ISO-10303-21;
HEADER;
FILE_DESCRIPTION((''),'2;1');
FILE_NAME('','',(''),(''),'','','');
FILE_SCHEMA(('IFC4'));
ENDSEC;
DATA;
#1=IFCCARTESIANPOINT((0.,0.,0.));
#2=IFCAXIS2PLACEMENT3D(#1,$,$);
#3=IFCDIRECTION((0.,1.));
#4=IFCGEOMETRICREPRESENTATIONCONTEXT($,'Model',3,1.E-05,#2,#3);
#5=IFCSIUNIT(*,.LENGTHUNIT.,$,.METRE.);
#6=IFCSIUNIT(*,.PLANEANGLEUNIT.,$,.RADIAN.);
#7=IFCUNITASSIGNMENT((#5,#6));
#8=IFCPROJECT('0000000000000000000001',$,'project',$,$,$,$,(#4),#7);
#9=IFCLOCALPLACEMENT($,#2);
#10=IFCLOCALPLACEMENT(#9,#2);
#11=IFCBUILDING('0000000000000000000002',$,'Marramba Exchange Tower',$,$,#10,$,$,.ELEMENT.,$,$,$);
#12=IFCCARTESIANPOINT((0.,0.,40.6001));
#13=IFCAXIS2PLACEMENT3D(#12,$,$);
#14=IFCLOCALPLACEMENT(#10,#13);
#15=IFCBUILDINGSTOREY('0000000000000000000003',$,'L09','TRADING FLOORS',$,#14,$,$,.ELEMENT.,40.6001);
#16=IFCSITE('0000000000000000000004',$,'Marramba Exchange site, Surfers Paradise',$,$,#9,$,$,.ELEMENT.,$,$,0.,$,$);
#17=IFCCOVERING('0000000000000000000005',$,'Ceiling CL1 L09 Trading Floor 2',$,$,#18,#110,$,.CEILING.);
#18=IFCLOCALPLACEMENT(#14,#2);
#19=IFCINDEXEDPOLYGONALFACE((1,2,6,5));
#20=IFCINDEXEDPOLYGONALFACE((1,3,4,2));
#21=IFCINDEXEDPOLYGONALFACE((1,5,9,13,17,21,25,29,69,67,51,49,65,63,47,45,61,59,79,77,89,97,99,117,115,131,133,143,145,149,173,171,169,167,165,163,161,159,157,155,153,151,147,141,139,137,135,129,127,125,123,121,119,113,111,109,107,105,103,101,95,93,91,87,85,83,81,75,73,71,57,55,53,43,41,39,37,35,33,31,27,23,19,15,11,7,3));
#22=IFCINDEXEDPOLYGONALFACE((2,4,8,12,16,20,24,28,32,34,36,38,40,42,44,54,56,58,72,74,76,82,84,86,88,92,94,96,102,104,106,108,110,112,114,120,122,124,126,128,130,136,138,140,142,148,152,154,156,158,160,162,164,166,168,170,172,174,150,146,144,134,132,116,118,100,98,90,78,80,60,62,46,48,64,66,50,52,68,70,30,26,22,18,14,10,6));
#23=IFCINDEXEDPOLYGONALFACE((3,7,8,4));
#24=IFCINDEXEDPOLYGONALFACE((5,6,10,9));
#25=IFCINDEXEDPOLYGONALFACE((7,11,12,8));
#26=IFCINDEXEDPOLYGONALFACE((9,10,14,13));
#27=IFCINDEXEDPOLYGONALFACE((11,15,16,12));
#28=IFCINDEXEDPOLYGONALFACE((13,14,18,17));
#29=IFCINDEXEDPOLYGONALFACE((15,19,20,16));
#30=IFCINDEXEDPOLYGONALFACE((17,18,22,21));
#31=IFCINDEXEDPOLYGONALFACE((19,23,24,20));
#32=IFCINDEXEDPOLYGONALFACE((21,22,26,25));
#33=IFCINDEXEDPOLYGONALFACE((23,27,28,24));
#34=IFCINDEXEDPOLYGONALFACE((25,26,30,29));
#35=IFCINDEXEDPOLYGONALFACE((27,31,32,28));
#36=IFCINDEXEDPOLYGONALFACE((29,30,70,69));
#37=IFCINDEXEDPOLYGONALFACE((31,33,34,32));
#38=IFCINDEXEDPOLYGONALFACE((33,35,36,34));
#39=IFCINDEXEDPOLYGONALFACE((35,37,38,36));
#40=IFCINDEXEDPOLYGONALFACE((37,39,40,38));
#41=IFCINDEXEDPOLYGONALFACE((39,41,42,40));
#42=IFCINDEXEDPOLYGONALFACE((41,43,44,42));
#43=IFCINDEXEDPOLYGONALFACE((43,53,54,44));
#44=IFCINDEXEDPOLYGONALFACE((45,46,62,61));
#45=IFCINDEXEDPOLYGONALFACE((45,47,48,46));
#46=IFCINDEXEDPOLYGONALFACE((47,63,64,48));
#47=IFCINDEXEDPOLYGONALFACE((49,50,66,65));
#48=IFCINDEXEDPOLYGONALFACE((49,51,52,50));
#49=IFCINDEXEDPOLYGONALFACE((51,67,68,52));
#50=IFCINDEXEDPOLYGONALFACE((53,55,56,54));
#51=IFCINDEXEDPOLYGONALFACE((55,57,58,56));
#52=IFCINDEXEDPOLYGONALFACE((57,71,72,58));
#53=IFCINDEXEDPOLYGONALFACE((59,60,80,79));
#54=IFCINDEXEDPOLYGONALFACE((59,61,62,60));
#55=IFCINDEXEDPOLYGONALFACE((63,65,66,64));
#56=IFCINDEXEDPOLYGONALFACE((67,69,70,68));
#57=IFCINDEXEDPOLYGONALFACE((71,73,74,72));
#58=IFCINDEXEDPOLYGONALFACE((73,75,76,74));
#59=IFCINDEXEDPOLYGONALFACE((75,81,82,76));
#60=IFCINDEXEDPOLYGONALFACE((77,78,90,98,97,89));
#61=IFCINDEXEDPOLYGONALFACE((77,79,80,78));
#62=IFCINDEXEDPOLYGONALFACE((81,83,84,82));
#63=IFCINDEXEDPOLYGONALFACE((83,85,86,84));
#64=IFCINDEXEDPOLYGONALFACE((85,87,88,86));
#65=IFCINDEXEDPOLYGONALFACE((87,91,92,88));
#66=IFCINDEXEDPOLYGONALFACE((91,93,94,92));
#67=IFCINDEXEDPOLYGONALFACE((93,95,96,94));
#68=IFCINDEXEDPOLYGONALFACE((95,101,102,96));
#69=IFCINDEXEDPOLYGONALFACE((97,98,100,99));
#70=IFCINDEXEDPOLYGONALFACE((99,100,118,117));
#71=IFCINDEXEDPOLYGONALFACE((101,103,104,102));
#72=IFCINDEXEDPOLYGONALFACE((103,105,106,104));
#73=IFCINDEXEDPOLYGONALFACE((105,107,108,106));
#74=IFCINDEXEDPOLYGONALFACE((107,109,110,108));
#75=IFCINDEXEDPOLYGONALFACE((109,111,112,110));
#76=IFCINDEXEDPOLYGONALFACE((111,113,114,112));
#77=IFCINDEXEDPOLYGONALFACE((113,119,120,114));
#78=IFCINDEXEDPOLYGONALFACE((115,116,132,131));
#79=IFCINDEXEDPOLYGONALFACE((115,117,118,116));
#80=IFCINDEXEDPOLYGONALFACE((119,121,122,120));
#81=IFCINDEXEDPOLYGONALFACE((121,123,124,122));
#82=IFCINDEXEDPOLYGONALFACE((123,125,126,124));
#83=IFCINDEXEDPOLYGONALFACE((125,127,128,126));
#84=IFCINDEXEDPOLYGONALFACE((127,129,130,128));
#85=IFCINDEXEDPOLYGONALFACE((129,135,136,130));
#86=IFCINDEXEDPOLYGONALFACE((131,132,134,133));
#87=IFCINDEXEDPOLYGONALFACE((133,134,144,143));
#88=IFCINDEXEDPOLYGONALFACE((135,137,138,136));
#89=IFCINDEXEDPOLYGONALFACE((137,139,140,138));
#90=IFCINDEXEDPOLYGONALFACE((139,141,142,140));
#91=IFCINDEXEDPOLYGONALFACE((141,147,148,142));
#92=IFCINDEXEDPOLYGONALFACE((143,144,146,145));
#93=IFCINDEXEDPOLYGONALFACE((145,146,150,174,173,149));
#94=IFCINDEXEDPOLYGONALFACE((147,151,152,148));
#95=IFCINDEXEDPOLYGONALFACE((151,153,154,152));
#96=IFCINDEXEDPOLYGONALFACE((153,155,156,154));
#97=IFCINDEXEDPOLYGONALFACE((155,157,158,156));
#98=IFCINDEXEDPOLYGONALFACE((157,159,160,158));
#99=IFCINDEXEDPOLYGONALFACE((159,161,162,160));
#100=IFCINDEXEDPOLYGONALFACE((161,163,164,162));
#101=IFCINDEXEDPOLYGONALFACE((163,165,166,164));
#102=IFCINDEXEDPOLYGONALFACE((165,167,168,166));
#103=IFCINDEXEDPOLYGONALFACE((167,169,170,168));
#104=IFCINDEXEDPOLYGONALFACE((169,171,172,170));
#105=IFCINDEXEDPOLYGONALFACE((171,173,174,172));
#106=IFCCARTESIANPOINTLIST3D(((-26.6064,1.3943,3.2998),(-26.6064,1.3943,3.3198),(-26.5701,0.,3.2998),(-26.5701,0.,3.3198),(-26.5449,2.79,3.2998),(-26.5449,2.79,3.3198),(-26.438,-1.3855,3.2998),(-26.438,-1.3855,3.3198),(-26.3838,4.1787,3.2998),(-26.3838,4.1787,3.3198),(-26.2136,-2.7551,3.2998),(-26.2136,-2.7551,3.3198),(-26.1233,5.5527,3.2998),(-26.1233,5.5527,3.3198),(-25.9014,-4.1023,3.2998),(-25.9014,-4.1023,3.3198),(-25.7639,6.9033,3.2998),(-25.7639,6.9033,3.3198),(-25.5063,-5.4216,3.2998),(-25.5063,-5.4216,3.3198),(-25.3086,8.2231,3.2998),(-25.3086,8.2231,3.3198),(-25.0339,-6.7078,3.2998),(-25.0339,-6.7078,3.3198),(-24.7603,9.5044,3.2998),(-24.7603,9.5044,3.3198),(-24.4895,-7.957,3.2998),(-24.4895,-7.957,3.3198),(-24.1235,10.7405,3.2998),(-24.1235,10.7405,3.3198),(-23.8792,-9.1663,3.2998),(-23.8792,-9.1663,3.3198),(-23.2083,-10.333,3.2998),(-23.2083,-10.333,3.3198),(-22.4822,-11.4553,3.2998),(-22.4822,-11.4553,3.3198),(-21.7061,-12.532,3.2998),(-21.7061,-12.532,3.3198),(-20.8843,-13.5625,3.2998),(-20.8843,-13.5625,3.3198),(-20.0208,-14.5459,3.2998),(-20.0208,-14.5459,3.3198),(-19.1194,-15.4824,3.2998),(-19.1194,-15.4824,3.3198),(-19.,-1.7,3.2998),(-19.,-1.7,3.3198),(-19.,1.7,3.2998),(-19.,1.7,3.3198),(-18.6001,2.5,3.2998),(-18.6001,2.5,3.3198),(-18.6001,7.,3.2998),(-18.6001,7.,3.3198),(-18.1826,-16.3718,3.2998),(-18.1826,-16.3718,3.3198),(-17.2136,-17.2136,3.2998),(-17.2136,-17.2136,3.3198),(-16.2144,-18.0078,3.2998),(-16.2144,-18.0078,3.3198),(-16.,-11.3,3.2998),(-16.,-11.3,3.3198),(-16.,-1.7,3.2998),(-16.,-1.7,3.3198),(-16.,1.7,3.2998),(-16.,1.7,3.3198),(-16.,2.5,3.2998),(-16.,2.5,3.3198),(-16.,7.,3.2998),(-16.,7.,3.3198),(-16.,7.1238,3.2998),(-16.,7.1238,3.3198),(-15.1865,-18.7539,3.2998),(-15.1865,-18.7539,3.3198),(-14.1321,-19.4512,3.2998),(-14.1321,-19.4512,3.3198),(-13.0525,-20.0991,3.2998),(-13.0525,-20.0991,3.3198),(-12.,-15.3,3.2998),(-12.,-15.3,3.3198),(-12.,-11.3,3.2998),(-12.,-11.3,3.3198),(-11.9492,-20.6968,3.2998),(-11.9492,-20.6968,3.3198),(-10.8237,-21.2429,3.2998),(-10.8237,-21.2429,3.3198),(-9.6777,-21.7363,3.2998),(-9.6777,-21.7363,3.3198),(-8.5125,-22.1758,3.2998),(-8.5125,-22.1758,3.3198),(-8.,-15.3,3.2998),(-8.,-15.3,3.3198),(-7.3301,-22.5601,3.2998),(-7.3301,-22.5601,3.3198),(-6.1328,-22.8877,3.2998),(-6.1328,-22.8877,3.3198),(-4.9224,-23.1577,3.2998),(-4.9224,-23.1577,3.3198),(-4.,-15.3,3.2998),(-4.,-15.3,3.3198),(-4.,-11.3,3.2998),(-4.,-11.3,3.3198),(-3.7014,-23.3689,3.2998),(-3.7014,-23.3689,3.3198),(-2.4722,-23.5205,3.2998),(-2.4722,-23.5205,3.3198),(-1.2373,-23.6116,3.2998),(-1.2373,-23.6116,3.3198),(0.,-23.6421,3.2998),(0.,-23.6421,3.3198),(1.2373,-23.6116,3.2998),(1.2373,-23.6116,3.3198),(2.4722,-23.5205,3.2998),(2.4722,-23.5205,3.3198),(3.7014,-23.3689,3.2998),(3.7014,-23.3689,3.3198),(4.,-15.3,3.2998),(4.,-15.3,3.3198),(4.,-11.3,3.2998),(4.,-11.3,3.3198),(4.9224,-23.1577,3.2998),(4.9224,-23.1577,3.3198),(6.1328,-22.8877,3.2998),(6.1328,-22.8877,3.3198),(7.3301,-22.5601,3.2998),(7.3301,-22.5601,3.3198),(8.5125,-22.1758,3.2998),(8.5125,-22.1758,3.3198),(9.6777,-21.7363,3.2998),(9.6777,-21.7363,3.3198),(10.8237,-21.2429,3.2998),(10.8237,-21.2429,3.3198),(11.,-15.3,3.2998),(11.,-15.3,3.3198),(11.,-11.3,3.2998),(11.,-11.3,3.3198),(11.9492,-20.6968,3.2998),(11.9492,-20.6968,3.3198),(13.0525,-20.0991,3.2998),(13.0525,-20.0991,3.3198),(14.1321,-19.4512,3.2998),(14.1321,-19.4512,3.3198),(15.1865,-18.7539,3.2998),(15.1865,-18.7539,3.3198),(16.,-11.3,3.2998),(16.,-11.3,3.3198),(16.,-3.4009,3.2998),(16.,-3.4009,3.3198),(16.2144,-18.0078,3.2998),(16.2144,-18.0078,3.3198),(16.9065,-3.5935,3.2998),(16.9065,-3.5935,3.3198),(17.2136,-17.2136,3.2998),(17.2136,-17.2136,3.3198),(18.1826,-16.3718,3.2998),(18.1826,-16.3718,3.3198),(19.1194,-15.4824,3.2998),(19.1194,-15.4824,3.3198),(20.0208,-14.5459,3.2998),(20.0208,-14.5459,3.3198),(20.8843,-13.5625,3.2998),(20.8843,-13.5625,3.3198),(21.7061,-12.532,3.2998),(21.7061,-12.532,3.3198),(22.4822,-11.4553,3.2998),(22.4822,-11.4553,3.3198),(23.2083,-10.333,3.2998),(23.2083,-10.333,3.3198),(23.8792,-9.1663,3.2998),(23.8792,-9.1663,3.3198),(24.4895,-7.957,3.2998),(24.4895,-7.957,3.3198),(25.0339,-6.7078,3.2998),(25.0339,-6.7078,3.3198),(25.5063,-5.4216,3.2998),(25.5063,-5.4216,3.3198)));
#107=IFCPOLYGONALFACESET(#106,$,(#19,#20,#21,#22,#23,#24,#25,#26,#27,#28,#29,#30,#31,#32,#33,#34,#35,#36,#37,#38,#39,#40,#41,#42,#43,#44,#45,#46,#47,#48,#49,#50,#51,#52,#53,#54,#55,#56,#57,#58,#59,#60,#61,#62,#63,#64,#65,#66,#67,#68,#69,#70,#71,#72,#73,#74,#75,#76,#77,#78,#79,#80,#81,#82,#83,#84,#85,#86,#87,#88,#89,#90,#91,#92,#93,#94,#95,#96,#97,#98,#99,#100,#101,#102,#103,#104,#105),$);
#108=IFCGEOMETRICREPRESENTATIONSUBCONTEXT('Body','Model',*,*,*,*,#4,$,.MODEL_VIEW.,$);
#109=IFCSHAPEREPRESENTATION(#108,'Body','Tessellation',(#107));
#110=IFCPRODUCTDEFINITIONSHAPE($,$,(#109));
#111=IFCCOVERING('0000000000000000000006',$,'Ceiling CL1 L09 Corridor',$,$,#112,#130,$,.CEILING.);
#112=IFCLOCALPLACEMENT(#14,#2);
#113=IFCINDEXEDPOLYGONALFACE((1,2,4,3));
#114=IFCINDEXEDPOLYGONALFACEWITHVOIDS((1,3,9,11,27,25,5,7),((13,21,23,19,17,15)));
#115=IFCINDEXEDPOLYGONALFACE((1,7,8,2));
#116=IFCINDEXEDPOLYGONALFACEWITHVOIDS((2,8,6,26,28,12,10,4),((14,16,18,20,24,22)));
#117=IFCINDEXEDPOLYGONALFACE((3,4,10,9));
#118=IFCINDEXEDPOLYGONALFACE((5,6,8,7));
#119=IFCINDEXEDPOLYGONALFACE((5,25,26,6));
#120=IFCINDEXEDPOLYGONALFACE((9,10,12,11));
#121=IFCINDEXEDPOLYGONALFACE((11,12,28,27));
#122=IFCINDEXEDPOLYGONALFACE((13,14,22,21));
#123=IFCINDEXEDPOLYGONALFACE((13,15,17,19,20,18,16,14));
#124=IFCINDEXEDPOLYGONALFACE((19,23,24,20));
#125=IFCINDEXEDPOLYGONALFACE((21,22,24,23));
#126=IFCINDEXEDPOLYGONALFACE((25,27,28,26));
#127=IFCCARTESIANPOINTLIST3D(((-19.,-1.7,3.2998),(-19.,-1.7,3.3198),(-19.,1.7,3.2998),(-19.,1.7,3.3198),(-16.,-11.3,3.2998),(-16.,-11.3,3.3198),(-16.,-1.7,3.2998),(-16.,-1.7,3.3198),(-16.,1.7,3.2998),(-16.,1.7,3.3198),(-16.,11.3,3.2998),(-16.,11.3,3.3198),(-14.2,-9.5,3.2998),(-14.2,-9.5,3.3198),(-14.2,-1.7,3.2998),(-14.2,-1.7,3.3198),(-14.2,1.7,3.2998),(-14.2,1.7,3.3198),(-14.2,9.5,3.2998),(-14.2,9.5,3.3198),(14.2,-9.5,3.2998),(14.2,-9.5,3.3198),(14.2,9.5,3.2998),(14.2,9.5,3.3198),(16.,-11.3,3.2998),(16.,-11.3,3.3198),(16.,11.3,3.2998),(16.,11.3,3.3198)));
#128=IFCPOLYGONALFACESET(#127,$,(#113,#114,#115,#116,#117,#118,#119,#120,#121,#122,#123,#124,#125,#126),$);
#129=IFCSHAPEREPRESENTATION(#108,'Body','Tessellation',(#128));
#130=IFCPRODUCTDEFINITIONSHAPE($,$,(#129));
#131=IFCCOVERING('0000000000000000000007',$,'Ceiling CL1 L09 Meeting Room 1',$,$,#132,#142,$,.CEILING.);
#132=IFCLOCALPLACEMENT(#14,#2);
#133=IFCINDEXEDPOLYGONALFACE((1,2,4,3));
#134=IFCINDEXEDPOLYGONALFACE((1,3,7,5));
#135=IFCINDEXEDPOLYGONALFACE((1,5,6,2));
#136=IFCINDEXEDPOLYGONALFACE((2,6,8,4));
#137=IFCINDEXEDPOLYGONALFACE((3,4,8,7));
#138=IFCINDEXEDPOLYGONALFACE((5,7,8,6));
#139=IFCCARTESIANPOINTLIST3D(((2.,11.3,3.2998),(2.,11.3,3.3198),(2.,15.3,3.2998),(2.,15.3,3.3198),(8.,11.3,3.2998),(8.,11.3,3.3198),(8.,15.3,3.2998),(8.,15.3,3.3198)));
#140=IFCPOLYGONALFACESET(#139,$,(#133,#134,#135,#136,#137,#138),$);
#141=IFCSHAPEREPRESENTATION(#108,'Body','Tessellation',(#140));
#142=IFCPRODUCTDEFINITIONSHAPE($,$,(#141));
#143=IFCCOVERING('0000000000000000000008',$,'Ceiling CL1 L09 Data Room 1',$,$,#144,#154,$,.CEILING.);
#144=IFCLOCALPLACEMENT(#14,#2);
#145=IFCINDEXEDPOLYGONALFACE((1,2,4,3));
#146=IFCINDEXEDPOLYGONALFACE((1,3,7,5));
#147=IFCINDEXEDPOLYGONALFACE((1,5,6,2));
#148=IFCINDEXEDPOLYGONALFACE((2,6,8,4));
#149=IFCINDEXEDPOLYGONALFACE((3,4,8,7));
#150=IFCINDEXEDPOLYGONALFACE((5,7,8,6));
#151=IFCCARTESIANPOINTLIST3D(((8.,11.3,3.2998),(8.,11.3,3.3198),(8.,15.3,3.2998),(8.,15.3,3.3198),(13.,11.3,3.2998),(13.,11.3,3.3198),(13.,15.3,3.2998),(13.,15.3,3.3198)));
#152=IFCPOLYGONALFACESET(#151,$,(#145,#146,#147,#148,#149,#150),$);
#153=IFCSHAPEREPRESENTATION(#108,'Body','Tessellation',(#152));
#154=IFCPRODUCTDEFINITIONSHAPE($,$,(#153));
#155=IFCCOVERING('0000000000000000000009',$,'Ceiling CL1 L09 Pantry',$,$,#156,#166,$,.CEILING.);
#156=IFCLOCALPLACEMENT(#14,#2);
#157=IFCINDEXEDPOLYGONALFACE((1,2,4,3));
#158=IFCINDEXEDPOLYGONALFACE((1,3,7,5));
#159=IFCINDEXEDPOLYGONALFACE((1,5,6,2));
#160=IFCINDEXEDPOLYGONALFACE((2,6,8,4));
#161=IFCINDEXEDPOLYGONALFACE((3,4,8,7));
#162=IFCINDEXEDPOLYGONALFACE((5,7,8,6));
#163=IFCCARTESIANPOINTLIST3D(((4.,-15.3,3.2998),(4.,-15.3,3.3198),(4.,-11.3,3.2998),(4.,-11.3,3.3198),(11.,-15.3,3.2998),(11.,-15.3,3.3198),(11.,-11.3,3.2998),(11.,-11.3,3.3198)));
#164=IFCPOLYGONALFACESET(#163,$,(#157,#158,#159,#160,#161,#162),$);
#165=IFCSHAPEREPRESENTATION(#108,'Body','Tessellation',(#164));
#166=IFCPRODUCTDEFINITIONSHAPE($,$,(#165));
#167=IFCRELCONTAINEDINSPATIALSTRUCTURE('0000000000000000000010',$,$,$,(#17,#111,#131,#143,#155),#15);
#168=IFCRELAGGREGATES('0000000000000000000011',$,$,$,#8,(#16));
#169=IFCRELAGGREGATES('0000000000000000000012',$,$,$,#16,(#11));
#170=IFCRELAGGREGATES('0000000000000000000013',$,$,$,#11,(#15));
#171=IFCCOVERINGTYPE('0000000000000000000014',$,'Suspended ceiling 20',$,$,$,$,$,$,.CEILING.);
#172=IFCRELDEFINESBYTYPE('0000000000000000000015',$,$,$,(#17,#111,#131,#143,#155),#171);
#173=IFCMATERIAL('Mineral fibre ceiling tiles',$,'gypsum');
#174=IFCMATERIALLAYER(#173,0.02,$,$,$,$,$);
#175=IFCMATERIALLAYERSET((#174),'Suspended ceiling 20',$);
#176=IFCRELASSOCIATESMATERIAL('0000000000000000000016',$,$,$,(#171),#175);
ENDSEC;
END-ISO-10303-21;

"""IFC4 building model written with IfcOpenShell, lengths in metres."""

from ifc_helpers import new_model, si_unit, direction, frame, origin, place, context, subcontext, project, spatial, polyline, outline, extrude, material, layer, layer_set, type_object, element, save


model = new_model("IFC4")

# Units and contexts
model_context = context("Model", 3, precision=1e-05, world=origin(), true_north=direction((0.0, 1.0)))
body_context = subcontext(model_context, "Body", "Model", "MODEL_VIEW")
ifc_project = project(units=[si_unit("LENGTHUNIT", "METRE"), si_unit("PLANEANGLEUNIT", "RADIAN")], contexts=[model_context])

# Site, building, storey
site_placement = place(None, origin())
site = spatial("IfcSite", under=ifc_project, at=site_placement, Name="Marramba Exchange site, Surfers Paradise", CompositionType="ELEMENT", RefElevation=0.0)
building_placement = place(site_placement, origin())
building = spatial("IfcBuilding", under=site, at=building_placement, Name="Marramba Exchange Tower", CompositionType="ELEMENT")
storey_placement = place(building_placement, frame((0.0, 0.0, 40.6001)))
storey = spatial("IfcBuildingStorey", under=building, at=storey_placement, Name="L09", Description="TRADING FLOORS", CompositionType="ELEMENT", Elevation=40.6001)

# Coverings
ifc_material_1 = material(Name="Mineral fibre ceiling tiles", Category="gypsum")
ifc_layer_1 = layer(ifc_material_1, 0.02)
ifc_layer_set_1 = layer_set([ifc_layer_1], Name="Suspended ceiling 20")
covering_type_1 = type_object("IfcCoveringType", Name="Suspended ceiling 20", PredefinedType="CEILING", material=ifc_layer_set_1)
covering_1_placement = place(storey_placement, frame((0.0, 0.0, 3.2998)))
element("IfcCovering", 1, at=covering_1_placement, inside=storey, type_object=covering_type_1, Name="Ceiling CL1 L09 Trading Floor 2", PredefinedType="CEILING", context=body_context, shape_type="SweptSolid", body=[
    extrude(outline(polyline([(-19.0, 1.7), (-19.0, -1.7), (-16.0, -1.7), (-16.0, -11.3), (-12.0, -11.3), (-12.0, -15.3), (-8.0, -15.3), (-4.0, -15.3), (-4.0, -11.3), (4.0, -11.3), (4.0, -15.3), (11.0, -15.3), (11.0, -11.3), (16.0, -11.3), (16.0, -3.4009), (16.9065, -3.5935), (25.5063, -5.4216), (25.0339, -6.7078), (24.4895, -7.957), (23.8792, -9.1663), (23.2083, -10.333), (22.4822, -11.4553), (21.7061, -12.532), (20.8843, -13.5625), (20.0208, -14.5459), (19.1194, -15.4824), (18.1826, -16.3718), (17.2136, -17.2136), (16.2144, -18.0078), (15.1865, -18.7539), (14.1321, -19.4512), (13.0525, -20.0991), (11.9492, -20.6968), (10.8237, -21.2429), (9.6777, -21.7363), (8.5125, -22.1758), (7.3301, -22.5601), (6.1328, -22.8877), (4.9224, -23.1577), (3.7014, -23.3689), (2.4722, -23.5205), (1.2373, -23.6116), (0.0, -23.6421), (-1.2373, -23.6116), (-2.4722, -23.5205), (-3.7014, -23.3689), (-4.9224, -23.1577), (-6.1328, -22.8877), (-7.3301, -22.5601), (-8.5125, -22.1758), (-9.6777, -21.7363), (-10.8237, -21.2429), (-11.9492, -20.6968), (-13.0525, -20.0991), (-14.1321, -19.4512), (-15.1865, -18.7539), (-16.2144, -18.0078), (-17.2136, -17.2136), (-18.1826, -16.3718), (-19.1194, -15.4824), (-20.0208, -14.5459), (-20.8843, -13.5625), (-21.7061, -12.532), (-22.4822, -11.4553), (-23.2083, -10.333), (-23.8792, -9.1663), (-24.4895, -7.957), (-25.0339, -6.7078), (-25.5063, -5.4216), (-25.9014, -4.1023), (-26.2136, -2.7551), (-26.438, -1.3855), (-26.5701, 0.0), (-26.6064, 1.3943), (-26.5449, 2.79), (-26.3838, 4.1787), (-26.1233, 5.5527), (-25.7639, 6.9033), (-25.3086, 8.2231), (-24.7603, 9.5044), (-24.1235, 10.7405), (-16.0, 7.1238), (-16.0, 7.0), (-18.6001, 7.0), (-18.6001, 2.5), (-16.0, 2.5), (-16.0, 1.7), (-19.0, 1.7)])), origin(), (0.0, 0.0, 1.0), 0.02),
])
covering_2_placement = place(storey_placement, frame((0.0, 0.0, 3.2998)))
element("IfcCovering", 2, at=covering_2_placement, inside=storey, type_object=covering_type_1, Name="Ceiling CL1 L09 Corridor", PredefinedType="CEILING", context=body_context, shape_type="SweptSolid", body=[
    extrude(outline(polyline([(-16.0, 11.3), (16.0, 11.3), (16.0, -11.3), (-16.0, -11.3), (-16.0, -1.7), (-19.0, -1.7), (-19.0, 1.7), (-16.0, 1.7), (-16.0, 11.3)]), holes=[polyline([(14.2, 9.5), (-14.2, 9.5), (-14.2, 1.7), (-14.2, -1.7), (-14.2, -9.5), (14.2, -9.5), (14.2, 9.5)])]), origin(), (0.0, 0.0, 1.0), 0.02),
])
covering_3_placement = place(storey_placement, frame((0.0, 0.0, 3.2998)))
element("IfcCovering", 3, at=covering_3_placement, inside=storey, type_object=covering_type_1, Name="Ceiling CL1 L09 Meeting Room 1", PredefinedType="CEILING", context=body_context, shape_type="SweptSolid", body=[
    extrude(outline(polyline([(8.0, 11.3), (2.0, 11.3), (2.0, 15.3), (8.0, 15.3), (8.0, 11.3)])), origin(), (0.0, 0.0, 1.0), 0.02),
])
covering_4_placement = place(storey_placement, frame((0.0, 0.0, 3.2998)))
element("IfcCovering", 4, at=covering_4_placement, inside=storey, type_object=covering_type_1, Name="Ceiling CL1 L09 Data Room 1", PredefinedType="CEILING", context=body_context, shape_type="SweptSolid", body=[
    extrude(outline(polyline([(13.0, 11.3), (8.0, 11.3), (8.0, 15.3), (13.0, 15.3), (13.0, 11.3)])), origin(), (0.0, 0.0, 1.0), 0.02),
])
covering_5_placement = place(storey_placement, frame((0.0, 0.0, 3.2998)))
element("IfcCovering", 5, at=covering_5_placement, inside=storey, type_object=covering_type_1, Name="Ceiling CL1 L09 Pantry", PredefinedType="CEILING", context=body_context, shape_type="SweptSolid", body=[
    extrude(outline(polyline([(11.0, -15.3), (4.0, -15.3), (4.0, -11.3), (11.0, -11.3), (11.0, -15.3)])), origin(), (0.0, 0.0, 1.0), 0.02),
])

save(model, "model.ifc")
